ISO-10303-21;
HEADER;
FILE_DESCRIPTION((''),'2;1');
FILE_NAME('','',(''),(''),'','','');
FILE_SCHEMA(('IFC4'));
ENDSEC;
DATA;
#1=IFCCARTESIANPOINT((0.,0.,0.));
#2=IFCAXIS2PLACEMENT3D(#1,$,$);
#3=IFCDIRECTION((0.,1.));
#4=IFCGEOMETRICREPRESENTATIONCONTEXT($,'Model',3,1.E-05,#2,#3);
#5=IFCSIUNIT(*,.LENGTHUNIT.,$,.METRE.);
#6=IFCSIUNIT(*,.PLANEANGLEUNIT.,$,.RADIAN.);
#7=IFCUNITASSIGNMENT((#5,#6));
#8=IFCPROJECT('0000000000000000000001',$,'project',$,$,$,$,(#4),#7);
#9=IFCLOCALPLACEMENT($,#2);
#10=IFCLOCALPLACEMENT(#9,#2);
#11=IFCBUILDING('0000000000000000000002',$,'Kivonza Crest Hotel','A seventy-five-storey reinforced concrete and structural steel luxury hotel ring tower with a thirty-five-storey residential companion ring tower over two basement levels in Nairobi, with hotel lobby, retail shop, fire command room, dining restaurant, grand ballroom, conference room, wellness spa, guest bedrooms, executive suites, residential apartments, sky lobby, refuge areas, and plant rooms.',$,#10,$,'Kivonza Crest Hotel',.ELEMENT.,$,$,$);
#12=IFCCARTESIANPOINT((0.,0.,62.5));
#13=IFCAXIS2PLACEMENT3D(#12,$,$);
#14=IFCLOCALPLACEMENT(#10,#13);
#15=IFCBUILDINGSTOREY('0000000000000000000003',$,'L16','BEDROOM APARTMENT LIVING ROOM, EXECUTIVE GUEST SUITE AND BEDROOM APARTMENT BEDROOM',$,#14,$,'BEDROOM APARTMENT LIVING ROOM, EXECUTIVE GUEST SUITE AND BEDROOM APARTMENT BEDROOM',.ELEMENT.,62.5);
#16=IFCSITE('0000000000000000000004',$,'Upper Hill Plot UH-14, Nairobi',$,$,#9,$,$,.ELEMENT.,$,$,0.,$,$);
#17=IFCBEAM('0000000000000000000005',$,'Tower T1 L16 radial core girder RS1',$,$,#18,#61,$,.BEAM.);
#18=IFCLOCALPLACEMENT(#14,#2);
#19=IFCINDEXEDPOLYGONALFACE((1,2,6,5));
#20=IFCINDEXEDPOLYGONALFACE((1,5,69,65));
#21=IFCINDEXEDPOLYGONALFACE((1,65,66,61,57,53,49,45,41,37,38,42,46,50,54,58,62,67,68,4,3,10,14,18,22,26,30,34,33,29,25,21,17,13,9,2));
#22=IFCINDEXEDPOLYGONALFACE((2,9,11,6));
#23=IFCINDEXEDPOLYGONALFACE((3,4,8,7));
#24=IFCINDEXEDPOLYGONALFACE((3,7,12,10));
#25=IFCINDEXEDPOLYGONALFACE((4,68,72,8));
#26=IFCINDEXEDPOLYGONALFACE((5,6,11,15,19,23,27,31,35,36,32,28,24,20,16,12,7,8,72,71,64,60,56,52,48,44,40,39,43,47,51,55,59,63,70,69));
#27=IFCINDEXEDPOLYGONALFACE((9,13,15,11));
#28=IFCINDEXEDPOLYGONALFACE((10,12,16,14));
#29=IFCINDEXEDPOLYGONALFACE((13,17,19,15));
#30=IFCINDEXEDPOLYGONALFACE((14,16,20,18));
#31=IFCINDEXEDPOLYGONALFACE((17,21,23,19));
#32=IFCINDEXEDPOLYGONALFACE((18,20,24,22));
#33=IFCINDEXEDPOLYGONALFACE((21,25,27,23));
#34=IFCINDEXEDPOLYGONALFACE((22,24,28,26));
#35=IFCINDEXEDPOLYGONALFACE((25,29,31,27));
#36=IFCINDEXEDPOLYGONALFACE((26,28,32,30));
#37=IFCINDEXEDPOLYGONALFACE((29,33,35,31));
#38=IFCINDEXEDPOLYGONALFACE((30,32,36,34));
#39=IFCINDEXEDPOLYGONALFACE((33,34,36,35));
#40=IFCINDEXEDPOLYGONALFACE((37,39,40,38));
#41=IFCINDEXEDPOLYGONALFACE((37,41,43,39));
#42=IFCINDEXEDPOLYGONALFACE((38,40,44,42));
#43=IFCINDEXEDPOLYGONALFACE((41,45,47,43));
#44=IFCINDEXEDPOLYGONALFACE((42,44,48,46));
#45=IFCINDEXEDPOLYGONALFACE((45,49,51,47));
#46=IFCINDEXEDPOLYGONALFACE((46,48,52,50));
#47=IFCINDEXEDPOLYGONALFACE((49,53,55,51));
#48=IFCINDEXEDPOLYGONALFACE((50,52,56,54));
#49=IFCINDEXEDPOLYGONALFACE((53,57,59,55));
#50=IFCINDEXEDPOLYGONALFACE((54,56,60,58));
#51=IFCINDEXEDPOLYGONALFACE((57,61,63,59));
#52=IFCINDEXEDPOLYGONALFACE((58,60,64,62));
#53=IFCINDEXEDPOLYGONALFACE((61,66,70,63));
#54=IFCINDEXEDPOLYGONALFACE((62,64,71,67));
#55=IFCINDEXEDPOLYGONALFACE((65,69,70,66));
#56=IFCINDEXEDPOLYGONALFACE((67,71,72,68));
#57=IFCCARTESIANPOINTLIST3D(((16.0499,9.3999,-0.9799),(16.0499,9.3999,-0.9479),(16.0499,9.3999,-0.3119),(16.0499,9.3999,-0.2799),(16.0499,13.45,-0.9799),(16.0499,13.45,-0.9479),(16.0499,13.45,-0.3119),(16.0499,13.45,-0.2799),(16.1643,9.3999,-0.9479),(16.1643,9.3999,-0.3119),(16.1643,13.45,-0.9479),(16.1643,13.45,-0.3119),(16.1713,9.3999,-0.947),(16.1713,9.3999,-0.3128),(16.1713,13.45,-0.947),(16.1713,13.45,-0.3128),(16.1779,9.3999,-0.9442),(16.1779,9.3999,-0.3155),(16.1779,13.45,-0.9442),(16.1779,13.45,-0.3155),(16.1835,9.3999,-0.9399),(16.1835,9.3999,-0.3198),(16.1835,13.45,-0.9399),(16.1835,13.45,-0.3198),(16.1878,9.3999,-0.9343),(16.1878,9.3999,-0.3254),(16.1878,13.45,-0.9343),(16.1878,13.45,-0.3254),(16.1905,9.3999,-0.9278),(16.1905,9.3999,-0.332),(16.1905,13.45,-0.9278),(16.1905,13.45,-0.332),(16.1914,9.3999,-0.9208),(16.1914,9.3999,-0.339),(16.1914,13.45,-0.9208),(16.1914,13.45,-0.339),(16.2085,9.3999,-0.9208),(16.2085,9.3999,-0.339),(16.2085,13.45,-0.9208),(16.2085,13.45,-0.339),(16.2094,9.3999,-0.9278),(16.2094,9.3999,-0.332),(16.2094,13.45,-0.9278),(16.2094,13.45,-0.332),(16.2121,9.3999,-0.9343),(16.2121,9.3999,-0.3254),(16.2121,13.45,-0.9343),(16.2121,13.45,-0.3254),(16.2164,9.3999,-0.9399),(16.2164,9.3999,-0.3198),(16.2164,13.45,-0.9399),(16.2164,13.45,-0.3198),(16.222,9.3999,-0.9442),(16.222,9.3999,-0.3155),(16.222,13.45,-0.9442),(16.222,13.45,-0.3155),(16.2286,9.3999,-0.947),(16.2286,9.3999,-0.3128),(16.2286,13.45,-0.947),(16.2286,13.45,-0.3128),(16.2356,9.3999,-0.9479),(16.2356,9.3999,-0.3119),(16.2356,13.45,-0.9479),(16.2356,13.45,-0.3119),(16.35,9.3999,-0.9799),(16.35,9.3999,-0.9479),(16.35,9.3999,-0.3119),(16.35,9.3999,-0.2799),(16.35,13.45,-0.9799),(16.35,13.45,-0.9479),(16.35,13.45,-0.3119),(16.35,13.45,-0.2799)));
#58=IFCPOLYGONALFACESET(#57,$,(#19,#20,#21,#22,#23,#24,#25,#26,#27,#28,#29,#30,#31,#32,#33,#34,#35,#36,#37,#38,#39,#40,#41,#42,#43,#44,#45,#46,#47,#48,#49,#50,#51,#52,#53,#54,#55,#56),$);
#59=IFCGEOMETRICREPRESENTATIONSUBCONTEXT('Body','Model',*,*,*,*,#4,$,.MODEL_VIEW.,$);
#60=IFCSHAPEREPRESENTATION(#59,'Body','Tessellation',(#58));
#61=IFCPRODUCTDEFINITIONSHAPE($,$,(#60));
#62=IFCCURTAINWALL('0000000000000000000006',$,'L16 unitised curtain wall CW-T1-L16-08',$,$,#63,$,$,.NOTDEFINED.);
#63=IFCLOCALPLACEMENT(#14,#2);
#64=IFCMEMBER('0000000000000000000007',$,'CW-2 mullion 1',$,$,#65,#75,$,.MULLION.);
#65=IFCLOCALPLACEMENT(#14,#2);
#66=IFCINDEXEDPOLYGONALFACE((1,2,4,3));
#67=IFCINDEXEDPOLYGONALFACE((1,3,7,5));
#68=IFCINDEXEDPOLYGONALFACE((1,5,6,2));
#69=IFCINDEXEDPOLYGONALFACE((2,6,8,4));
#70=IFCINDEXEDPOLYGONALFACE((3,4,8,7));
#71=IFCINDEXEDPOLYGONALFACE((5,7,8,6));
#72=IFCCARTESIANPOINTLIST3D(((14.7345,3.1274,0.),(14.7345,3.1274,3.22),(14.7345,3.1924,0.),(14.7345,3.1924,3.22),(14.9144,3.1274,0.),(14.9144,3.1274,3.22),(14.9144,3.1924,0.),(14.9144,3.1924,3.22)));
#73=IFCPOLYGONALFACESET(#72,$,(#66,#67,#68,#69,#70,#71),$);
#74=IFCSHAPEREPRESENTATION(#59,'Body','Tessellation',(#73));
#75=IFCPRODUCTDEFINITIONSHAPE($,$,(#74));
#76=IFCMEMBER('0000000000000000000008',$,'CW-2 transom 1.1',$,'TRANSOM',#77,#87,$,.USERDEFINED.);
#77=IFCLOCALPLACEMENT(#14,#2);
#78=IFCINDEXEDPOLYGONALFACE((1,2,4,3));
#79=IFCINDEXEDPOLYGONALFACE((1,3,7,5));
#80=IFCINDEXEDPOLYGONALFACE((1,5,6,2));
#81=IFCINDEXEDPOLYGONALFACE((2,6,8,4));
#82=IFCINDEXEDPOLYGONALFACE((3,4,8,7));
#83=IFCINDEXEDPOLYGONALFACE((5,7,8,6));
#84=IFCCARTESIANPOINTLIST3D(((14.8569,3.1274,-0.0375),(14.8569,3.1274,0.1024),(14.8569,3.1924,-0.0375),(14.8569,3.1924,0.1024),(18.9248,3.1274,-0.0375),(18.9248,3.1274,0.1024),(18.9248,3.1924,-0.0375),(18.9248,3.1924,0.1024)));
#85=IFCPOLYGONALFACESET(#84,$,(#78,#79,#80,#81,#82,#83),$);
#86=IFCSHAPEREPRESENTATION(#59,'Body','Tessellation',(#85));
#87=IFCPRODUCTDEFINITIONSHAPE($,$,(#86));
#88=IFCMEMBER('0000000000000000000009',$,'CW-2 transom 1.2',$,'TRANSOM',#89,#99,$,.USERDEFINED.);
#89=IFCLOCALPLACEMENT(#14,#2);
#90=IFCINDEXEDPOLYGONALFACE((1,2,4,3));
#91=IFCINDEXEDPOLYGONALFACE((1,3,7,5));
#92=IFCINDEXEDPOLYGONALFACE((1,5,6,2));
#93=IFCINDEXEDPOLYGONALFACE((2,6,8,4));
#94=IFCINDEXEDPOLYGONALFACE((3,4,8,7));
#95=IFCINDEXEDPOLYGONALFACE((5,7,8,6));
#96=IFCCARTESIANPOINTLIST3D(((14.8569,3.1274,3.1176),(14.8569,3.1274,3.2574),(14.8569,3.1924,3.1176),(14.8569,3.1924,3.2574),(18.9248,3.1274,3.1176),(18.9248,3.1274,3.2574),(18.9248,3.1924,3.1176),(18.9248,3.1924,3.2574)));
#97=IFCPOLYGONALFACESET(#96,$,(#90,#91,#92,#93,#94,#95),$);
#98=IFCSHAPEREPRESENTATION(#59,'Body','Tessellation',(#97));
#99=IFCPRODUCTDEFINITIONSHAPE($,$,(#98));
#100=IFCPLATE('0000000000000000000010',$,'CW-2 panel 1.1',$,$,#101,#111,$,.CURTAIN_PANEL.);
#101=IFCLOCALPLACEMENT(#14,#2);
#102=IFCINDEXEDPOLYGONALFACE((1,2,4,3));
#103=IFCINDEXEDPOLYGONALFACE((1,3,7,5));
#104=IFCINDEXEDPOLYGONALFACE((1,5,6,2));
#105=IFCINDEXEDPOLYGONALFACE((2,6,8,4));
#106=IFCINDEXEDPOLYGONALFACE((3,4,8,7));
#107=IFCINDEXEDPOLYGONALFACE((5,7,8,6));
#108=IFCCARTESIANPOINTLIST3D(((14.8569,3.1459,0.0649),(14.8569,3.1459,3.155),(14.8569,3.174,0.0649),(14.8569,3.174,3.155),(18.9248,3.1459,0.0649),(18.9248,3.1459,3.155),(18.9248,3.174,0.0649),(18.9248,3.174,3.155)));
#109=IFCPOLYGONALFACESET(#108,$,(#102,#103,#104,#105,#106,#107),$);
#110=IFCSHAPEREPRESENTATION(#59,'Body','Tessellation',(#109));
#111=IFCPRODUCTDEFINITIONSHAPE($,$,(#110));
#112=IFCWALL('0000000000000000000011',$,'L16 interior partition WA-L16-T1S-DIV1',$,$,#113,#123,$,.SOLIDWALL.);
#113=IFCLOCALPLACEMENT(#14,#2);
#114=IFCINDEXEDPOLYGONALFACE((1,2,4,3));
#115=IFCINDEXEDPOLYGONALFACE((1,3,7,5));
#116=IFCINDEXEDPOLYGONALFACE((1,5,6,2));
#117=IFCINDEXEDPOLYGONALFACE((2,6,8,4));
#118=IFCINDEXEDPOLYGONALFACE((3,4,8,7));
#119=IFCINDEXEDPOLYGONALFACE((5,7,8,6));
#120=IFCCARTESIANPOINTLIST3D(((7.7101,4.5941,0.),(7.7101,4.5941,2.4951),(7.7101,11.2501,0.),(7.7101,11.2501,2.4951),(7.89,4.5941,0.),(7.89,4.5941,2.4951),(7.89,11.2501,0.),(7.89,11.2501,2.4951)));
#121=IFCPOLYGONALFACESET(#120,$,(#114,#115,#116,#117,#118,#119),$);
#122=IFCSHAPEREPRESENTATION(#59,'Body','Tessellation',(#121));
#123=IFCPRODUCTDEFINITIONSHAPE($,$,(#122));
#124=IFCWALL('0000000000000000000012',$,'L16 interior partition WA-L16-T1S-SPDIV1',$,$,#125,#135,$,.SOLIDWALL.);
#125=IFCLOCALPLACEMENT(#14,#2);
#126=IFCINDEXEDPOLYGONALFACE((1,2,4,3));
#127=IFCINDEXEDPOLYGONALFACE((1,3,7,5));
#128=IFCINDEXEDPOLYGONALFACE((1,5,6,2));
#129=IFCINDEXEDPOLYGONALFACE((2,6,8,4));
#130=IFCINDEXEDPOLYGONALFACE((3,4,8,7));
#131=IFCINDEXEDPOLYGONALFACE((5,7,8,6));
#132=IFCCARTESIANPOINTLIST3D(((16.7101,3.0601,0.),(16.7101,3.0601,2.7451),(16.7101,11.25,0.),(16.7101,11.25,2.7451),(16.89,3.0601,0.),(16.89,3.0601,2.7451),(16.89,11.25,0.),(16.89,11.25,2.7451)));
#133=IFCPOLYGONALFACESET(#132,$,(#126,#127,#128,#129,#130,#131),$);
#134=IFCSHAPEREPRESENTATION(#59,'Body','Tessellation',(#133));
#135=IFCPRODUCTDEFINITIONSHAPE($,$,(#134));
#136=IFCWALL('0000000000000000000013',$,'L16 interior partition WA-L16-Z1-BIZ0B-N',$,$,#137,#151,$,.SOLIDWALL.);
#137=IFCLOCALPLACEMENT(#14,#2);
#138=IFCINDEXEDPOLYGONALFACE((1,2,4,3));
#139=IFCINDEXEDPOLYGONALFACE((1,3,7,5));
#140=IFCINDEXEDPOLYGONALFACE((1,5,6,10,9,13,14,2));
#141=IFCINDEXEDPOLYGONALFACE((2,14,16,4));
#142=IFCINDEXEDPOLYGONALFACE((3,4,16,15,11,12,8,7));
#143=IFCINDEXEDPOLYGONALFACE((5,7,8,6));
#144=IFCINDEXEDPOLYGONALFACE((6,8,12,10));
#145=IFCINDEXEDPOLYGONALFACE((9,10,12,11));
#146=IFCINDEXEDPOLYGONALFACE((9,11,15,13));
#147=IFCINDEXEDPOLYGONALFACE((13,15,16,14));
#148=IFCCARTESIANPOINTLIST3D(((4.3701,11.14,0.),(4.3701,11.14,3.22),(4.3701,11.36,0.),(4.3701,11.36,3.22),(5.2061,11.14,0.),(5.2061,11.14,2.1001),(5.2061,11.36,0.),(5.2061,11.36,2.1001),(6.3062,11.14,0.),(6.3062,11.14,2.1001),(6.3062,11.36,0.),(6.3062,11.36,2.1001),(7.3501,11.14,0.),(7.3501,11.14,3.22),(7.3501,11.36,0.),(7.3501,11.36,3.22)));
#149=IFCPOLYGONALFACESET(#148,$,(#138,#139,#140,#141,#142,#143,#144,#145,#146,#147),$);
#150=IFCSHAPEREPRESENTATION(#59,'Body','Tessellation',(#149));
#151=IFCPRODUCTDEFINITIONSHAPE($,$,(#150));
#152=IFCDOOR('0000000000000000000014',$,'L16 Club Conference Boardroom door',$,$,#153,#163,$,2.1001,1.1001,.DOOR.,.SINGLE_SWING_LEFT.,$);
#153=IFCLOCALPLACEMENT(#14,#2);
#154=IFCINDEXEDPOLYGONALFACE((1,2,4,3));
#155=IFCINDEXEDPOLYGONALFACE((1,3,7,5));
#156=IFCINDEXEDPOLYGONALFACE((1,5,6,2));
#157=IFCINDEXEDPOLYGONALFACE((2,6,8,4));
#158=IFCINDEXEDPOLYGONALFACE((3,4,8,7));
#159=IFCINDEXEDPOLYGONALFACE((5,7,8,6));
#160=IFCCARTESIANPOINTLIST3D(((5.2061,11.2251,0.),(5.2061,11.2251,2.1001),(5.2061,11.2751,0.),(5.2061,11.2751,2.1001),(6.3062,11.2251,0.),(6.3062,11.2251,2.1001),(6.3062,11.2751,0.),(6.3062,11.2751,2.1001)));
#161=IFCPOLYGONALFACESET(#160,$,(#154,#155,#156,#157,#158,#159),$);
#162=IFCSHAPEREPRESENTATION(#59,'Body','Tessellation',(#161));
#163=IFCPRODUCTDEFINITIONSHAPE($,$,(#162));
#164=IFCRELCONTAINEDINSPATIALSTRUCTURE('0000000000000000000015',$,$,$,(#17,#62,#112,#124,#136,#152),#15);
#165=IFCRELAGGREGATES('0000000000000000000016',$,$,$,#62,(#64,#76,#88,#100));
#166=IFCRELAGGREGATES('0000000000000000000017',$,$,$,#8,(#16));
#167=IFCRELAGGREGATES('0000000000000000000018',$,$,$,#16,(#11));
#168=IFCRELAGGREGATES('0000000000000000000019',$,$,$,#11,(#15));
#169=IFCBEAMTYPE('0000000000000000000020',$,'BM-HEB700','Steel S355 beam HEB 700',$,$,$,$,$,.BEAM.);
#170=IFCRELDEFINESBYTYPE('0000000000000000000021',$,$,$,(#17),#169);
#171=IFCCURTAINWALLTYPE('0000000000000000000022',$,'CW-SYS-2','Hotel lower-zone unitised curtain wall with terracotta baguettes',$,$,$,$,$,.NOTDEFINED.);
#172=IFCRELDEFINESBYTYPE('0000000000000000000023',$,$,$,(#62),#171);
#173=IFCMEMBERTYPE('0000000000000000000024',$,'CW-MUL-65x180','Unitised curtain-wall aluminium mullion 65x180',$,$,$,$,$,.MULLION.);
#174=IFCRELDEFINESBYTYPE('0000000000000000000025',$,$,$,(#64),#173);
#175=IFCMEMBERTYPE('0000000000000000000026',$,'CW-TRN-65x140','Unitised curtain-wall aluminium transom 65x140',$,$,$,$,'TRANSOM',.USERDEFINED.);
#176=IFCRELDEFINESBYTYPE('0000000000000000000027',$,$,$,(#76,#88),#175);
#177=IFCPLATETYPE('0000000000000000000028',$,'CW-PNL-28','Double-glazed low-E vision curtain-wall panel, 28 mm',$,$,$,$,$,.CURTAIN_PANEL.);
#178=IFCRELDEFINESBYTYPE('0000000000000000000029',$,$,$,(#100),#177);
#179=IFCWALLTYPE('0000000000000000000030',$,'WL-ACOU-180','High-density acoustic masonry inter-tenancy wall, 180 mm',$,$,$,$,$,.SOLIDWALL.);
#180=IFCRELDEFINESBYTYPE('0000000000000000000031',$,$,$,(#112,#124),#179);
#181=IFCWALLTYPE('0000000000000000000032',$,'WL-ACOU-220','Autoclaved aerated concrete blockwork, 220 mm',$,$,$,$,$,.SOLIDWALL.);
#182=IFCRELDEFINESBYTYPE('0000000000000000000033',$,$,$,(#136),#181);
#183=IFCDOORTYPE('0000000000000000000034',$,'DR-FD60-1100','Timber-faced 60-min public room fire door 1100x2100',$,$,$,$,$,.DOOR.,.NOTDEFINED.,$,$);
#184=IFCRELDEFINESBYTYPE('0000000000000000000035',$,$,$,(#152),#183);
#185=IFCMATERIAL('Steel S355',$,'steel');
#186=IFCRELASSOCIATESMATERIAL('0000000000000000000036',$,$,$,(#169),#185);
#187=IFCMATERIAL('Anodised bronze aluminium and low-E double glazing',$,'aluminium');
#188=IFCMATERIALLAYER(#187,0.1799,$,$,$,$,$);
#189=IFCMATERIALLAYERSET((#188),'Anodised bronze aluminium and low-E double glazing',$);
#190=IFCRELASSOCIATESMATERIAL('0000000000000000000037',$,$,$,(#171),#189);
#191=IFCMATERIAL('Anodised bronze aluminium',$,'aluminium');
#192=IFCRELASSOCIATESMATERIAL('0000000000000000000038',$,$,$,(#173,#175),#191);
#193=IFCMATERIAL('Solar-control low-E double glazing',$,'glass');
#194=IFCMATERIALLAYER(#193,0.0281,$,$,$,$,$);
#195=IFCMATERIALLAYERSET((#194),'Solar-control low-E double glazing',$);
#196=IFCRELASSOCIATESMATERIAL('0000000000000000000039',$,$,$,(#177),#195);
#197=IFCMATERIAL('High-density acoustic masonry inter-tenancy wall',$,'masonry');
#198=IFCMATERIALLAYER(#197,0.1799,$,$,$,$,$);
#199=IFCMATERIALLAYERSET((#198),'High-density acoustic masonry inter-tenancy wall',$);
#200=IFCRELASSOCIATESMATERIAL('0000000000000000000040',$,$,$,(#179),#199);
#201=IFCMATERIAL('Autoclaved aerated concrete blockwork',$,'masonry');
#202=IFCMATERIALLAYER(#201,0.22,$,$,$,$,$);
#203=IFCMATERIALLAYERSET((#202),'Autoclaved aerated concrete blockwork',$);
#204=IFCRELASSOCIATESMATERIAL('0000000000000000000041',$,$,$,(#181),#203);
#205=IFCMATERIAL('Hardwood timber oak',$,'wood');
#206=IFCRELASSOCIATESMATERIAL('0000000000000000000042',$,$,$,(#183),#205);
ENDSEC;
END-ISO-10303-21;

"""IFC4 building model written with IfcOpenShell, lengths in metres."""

from ifc_helpers import new_model, si_unit, direction, frame, frame_2d, origin, origin_2d, place, context, subcontext, project, spatial, rectangle, i_section, extrude, material, layer, layer_set, material_profile, profile_set, type_object, element, fill, aggregate, save


model = new_model("IFC4")

# Units and contexts
model_context = context("Model", 3, precision=1e-05, world=origin(), true_north=direction((0.0, 1.0)))
body_context = subcontext(model_context, "Body", "Model", "MODEL_VIEW")
ifc_project = project(units=[si_unit("LENGTHUNIT", "METRE"), si_unit("PLANEANGLEUNIT", "RADIAN")], contexts=[model_context])

# Site, building, storey
site_placement = place(None, origin())
site = spatial("IfcSite", under=ifc_project, at=site_placement, Name="Upper Hill Plot UH-14, Nairobi", CompositionType="ELEMENT", RefElevation=0.0)
building_placement = place(site_placement, origin())
building = spatial("IfcBuilding", under=site, at=building_placement, Name="Kivonza Crest Hotel", Description="A seventy-five-storey reinforced concrete and structural steel luxury hotel ring tower with a thirty-five-storey residential companion ring tower over two basement levels in Nairobi, with hotel lobby, retail shop, fire command room, dining restaurant, grand ballroom, conference room, wellness spa, guest bedrooms, executive suites, residential apartments, sky lobby, refuge areas, and plant rooms.", LongName="Kivonza Crest Hotel", CompositionType="ELEMENT")
storey_placement = place(building_placement, frame((0.0, 0.0, 62.5)))
storey = spatial("IfcBuildingStorey", under=building, at=storey_placement, Name="L16", Description="BEDROOM APARTMENT LIVING ROOM, EXECUTIVE GUEST SUITE AND BEDROOM APARTMENT BEDROOM", LongName="BEDROOM APARTMENT LIVING ROOM, EXECUTIVE GUEST SUITE AND BEDROOM APARTMENT BEDROOM", CompositionType="ELEMENT", Elevation=62.5)

# Beam
ifc_material_1 = material(Name="Steel S355", Category="steel")
ifc_material_profile_1 = material_profile(ifc_material_1, i_section(OverallWidth=0.3, OverallDepth=0.7, WebThickness=0.0171, FlangeThickness=0.032, FilletRadius=0.0271, at=origin_2d()), Name="HEB 700")
ifc_profile_set_1 = profile_set([ifc_material_profile_1], Name="Steel S355")
beam_type_1 = type_object("IfcBeamType", Name="BM-HEB700", Description="Steel S355 beam HEB 700", PredefinedType="BEAM", material=ifc_profile_set_1)
beam_1_placement = place(storey_placement, frame((16.2, 9.3999, -0.6299), z_axis=(0.0, 1.0, 0.0), x_axis=(-1.0, 0.0, 0.0)))
element("IfcBeam", 1, at=beam_1_placement, inside=storey, type_object=beam_type_1, Name="Tower T1 L16 radial core girder RS1", PredefinedType="BEAM", context=body_context, shape_type="SweptSolid", body=[
    extrude(i_section(OverallWidth=0.3, OverallDepth=0.7, WebThickness=0.0171, FlangeThickness=0.032, FilletRadius=0.0271, at=origin_2d()), origin(), (0.0, 0.0, 1.0), 4.05),
])

# Curtain wall, members, plate
ifc_material_2 = material(Name="Anodised bronze aluminium and low-E double glazing", Category="aluminium")
ifc_layer_1 = layer(ifc_material_2, 0.1799)
ifc_layer_set_1 = layer_set([ifc_layer_1], Name="Anodised bronze aluminium and low-E double glazing")
curtain_wall_type = type_object("IfcCurtainWallType", Name="CW-SYS-2", Description="Hotel lower-zone unitised curtain wall with terracotta baguettes", PredefinedType="NOTDEFINED", material=ifc_layer_set_1)
curtain_wall_placement = place(storey_placement, origin())
curtain_wall = element("IfcCurtainWall", 2, at=curtain_wall_placement, inside=storey, type_object=curtain_wall_type, Name="L16 unitised curtain wall CW-T1-L16-08", PredefinedType="NOTDEFINED")
ifc_material_3 = material(Name="Anodised bronze aluminium", Category="aluminium")
ifc_material_profile_2 = material_profile(ifc_material_3, rectangle(XDim=0.0649, YDim=0.1799, at=origin_2d()), Name="CW-M 65x180")
ifc_profile_set_2 = profile_set([ifc_material_profile_2], Name="Anodised bronze aluminium")
member_type_1 = type_object("IfcMemberType", Name="CW-MUL-65x180", Description="Unitised curtain-wall aluminium mullion 65x180", PredefinedType="MULLION", material=ifc_profile_set_2)
member_1_placement = place(storey_placement, frame((14.8245, 3.1599, 0.0), z_axis=(0.0, 0.0, 1.0), x_axis=(0.0, 1.0, 0.0)))
member_1 = element("IfcMember", 3, at=member_1_placement, type_object=member_type_1, Name="CW-2 mullion 1", PredefinedType="MULLION", context=body_context, shape_type="SweptSolid", body=[
    extrude(rectangle(XDim=0.0649, YDim=0.1799, at=origin_2d()), origin(), (0.0, 0.0, 1.0), 3.22),
])
ifc_material_profile_3 = material_profile(ifc_material_3, rectangle(XDim=0.0649, YDim=0.1399, at=origin_2d()), Name="CW-T 65x140")
ifc_profile_set_3 = profile_set([ifc_material_profile_3], Name="Anodised bronze aluminium")
member_type_2 = type_object("IfcMemberType", Name="CW-TRN-65x140", Description="Unitised curtain-wall aluminium transom 65x140", ElementType="TRANSOM", PredefinedType="USERDEFINED", material=ifc_profile_set_3)
member_2_placement = place(storey_placement, frame((14.8569, 3.1599, 0.0325), z_axis=(1.0, 0.0, 0.0), x_axis=(0.0, 1.0, 0.0)))
member_2 = element("IfcMember", 4, at=member_2_placement, type_object=member_type_2, Name="CW-2 transom 1.1", ObjectType="TRANSOM", PredefinedType="USERDEFINED", context=body_context, shape_type="SweptSolid", body=[
    extrude(rectangle(XDim=0.0649, YDim=0.1399, at=origin_2d()), origin(), (0.0, 0.0, 1.0), 4.0679),
])
member_3_placement = place(storey_placement, frame((14.8569, 3.1599, 3.1875), z_axis=(1.0, 0.0, 0.0), x_axis=(0.0, 1.0, 0.0)))
member_3 = element("IfcMember", 5, at=member_3_placement, type_object=member_type_2, Name="CW-2 transom 1.2", ObjectType="TRANSOM", PredefinedType="USERDEFINED", context=body_context, shape_type="SweptSolid", body=[
    extrude(rectangle(XDim=0.0649, YDim=0.1399, at=origin_2d()), origin(), (0.0, 0.0, 1.0), 4.0679),
])
ifc_material_4 = material(Name="Solar-control low-E double glazing", Category="glass")
ifc_layer_2 = layer(ifc_material_4, 0.0281)
ifc_layer_set_2 = layer_set([ifc_layer_2], Name="Solar-control low-E double glazing")
plate_type = type_object("IfcPlateType", Name="CW-PNL-28", Description="Double-glazed low-E vision curtain-wall panel, 28 mm", PredefinedType="CURTAIN_PANEL", material=ifc_layer_set_2)
plate_placement = place(storey_placement, frame((16.8909, 3.1599, 0.0649), z_axis=(0.0, 0.0, 1.0), x_axis=(1.0, 0.0, 0.0)))
plate = element("IfcPlate", 6, at=plate_placement, type_object=plate_type, Name="CW-2 panel 1.1", PredefinedType="CURTAIN_PANEL", context=body_context, shape_type="SweptSolid", body=[
    extrude(rectangle(XDim=4.0679, YDim=0.0281, at=origin_2d()), origin(), (0.0, 0.0, 1.0), 3.0901),
])
aggregate(curtain_wall, [member_1, member_2, member_3, plate])

# Walls
ifc_material_5 = material(Name="High-density acoustic masonry inter-tenancy wall", Category="masonry")
ifc_layer_3 = layer(ifc_material_5, 0.1799)
ifc_layer_set_3 = layer_set([ifc_layer_3], Name="High-density acoustic masonry inter-tenancy wall")
wall_type_1 = type_object("IfcWallType", Name="WL-ACOU-180", Description="High-density acoustic masonry inter-tenancy wall, 180 mm", PredefinedType="SOLIDWALL", material=ifc_layer_set_3)
wall_1_placement = place(storey_placement, frame((7.8, 4.594, 0.0), z_axis=(0.0, 0.0, 1.0), x_axis=(0.0, 1.0, 0.0)))
element("IfcWall", 7, at=wall_1_placement, inside=storey, type_object=wall_type_1, Name="L16 interior partition WA-L16-T1S-DIV1", PredefinedType="SOLIDWALL", context=body_context, shape_type="SweptSolid", body=[
    extrude(rectangle(XDim=6.656, YDim=0.1799, at=frame_2d((3.3281, 0.0))), origin(), (0.0, 0.0, 1.0), 2.4951),
])
wall_2_placement = place(storey_placement, frame((16.8, 3.0601, 0.0), z_axis=(0.0, 0.0, 1.0), x_axis=(0.0, 1.0, 0.0)))
element("IfcWall", 8, at=wall_2_placement, inside=storey, type_object=wall_type_1, Name="L16 interior partition WA-L16-T1S-SPDIV1", PredefinedType="SOLIDWALL", context=body_context, shape_type="SweptSolid", body=[
    extrude(rectangle(XDim=8.1899, YDim=0.1799, at=frame_2d((4.095, 0.0))), origin(), (0.0, 0.0, 1.0), 2.7451),
])

# Wall, opening, door
ifc_material_6 = material(Name="Autoclaved aerated concrete blockwork", Category="masonry")
ifc_layer_4 = layer(ifc_material_6, 0.22)
ifc_layer_set_4 = layer_set([ifc_layer_4], Name="Autoclaved aerated concrete blockwork")
wall_type_2 = type_object("IfcWallType", Name="WL-ACOU-220", Description="Autoclaved aerated concrete blockwork, 220 mm", PredefinedType="SOLIDWALL", material=ifc_layer_set_4)
wall_3_placement = place(storey_placement, frame((4.3701, 11.25, 0.0), z_axis=(0.0, 0.0, 1.0), x_axis=(1.0, 0.0, 0.0)))
wall_3 = element("IfcWall", 9, at=wall_3_placement, inside=storey, type_object=wall_type_2, Name="L16 interior partition WA-L16-Z1-BIZ0B-N", PredefinedType="SOLIDWALL", context=body_context, shape_type="SweptSolid", body=[
    extrude(rectangle(XDim=2.98, YDim=0.22, at=frame_2d((1.49, 0.0))), origin(), (0.0, 0.0, 1.0), 3.22),
])
opening_1_placement = place(wall_3_placement, frame((0.8359, 0.0, 0.0)))
opening_1 = element("IfcOpeningElement", 10, at=opening_1_placement, cuts=wall_3, PredefinedType="OPENING", context=body_context, shape_type="SweptSolid", body=[
    extrude(rectangle(XDim=1.1001, YDim=2.1001, at=frame_2d((0.55, 1.05))), frame((0.0, 0.1201, 0.0), z_axis=(0.0, -1.0, 0.0), x_axis=(1.0, 0.0, 0.0)), (0.0, 0.0, 1.0), 0.24),
])
ifc_material_7 = material(Name="Hardwood timber oak", Category="wood")
door_type = type_object("IfcDoorType", Name="DR-FD60-1100", Description="Timber-faced 60-min public room fire door 1100x2100", OperationType="NOTDEFINED", PredefinedType="DOOR", material=ifc_material_7)
door_1_placement = place(opening_1_placement, frame((1.1001, 0.0, 0.0), z_axis=(0.0, 0.0, 1.0), x_axis=(-1.0, 0.0, 0.0)))
door_1 = element("IfcDoor", 11, at=door_1_placement, inside=storey, type_object=door_type, Name="L16 Club Conference Boardroom door", OperationType="SINGLE_SWING_LEFT", OverallHeight=2.1001, OverallWidth=1.1001, PredefinedType="DOOR", context=body_context, shape_type="SweptSolid", body=[
    extrude(rectangle(XDim=1.1001, YDim=2.1001, at=frame_2d((0.55, 1.05))), frame((0.0, 0.0249, 0.0), z_axis=(0.0, -1.0, 0.0), x_axis=(1.0, 0.0, 0.0)), (0.0, 0.0, 1.0), 0.05),
])
fill(opening_1, door_1)

save(model, "model.ifc")
